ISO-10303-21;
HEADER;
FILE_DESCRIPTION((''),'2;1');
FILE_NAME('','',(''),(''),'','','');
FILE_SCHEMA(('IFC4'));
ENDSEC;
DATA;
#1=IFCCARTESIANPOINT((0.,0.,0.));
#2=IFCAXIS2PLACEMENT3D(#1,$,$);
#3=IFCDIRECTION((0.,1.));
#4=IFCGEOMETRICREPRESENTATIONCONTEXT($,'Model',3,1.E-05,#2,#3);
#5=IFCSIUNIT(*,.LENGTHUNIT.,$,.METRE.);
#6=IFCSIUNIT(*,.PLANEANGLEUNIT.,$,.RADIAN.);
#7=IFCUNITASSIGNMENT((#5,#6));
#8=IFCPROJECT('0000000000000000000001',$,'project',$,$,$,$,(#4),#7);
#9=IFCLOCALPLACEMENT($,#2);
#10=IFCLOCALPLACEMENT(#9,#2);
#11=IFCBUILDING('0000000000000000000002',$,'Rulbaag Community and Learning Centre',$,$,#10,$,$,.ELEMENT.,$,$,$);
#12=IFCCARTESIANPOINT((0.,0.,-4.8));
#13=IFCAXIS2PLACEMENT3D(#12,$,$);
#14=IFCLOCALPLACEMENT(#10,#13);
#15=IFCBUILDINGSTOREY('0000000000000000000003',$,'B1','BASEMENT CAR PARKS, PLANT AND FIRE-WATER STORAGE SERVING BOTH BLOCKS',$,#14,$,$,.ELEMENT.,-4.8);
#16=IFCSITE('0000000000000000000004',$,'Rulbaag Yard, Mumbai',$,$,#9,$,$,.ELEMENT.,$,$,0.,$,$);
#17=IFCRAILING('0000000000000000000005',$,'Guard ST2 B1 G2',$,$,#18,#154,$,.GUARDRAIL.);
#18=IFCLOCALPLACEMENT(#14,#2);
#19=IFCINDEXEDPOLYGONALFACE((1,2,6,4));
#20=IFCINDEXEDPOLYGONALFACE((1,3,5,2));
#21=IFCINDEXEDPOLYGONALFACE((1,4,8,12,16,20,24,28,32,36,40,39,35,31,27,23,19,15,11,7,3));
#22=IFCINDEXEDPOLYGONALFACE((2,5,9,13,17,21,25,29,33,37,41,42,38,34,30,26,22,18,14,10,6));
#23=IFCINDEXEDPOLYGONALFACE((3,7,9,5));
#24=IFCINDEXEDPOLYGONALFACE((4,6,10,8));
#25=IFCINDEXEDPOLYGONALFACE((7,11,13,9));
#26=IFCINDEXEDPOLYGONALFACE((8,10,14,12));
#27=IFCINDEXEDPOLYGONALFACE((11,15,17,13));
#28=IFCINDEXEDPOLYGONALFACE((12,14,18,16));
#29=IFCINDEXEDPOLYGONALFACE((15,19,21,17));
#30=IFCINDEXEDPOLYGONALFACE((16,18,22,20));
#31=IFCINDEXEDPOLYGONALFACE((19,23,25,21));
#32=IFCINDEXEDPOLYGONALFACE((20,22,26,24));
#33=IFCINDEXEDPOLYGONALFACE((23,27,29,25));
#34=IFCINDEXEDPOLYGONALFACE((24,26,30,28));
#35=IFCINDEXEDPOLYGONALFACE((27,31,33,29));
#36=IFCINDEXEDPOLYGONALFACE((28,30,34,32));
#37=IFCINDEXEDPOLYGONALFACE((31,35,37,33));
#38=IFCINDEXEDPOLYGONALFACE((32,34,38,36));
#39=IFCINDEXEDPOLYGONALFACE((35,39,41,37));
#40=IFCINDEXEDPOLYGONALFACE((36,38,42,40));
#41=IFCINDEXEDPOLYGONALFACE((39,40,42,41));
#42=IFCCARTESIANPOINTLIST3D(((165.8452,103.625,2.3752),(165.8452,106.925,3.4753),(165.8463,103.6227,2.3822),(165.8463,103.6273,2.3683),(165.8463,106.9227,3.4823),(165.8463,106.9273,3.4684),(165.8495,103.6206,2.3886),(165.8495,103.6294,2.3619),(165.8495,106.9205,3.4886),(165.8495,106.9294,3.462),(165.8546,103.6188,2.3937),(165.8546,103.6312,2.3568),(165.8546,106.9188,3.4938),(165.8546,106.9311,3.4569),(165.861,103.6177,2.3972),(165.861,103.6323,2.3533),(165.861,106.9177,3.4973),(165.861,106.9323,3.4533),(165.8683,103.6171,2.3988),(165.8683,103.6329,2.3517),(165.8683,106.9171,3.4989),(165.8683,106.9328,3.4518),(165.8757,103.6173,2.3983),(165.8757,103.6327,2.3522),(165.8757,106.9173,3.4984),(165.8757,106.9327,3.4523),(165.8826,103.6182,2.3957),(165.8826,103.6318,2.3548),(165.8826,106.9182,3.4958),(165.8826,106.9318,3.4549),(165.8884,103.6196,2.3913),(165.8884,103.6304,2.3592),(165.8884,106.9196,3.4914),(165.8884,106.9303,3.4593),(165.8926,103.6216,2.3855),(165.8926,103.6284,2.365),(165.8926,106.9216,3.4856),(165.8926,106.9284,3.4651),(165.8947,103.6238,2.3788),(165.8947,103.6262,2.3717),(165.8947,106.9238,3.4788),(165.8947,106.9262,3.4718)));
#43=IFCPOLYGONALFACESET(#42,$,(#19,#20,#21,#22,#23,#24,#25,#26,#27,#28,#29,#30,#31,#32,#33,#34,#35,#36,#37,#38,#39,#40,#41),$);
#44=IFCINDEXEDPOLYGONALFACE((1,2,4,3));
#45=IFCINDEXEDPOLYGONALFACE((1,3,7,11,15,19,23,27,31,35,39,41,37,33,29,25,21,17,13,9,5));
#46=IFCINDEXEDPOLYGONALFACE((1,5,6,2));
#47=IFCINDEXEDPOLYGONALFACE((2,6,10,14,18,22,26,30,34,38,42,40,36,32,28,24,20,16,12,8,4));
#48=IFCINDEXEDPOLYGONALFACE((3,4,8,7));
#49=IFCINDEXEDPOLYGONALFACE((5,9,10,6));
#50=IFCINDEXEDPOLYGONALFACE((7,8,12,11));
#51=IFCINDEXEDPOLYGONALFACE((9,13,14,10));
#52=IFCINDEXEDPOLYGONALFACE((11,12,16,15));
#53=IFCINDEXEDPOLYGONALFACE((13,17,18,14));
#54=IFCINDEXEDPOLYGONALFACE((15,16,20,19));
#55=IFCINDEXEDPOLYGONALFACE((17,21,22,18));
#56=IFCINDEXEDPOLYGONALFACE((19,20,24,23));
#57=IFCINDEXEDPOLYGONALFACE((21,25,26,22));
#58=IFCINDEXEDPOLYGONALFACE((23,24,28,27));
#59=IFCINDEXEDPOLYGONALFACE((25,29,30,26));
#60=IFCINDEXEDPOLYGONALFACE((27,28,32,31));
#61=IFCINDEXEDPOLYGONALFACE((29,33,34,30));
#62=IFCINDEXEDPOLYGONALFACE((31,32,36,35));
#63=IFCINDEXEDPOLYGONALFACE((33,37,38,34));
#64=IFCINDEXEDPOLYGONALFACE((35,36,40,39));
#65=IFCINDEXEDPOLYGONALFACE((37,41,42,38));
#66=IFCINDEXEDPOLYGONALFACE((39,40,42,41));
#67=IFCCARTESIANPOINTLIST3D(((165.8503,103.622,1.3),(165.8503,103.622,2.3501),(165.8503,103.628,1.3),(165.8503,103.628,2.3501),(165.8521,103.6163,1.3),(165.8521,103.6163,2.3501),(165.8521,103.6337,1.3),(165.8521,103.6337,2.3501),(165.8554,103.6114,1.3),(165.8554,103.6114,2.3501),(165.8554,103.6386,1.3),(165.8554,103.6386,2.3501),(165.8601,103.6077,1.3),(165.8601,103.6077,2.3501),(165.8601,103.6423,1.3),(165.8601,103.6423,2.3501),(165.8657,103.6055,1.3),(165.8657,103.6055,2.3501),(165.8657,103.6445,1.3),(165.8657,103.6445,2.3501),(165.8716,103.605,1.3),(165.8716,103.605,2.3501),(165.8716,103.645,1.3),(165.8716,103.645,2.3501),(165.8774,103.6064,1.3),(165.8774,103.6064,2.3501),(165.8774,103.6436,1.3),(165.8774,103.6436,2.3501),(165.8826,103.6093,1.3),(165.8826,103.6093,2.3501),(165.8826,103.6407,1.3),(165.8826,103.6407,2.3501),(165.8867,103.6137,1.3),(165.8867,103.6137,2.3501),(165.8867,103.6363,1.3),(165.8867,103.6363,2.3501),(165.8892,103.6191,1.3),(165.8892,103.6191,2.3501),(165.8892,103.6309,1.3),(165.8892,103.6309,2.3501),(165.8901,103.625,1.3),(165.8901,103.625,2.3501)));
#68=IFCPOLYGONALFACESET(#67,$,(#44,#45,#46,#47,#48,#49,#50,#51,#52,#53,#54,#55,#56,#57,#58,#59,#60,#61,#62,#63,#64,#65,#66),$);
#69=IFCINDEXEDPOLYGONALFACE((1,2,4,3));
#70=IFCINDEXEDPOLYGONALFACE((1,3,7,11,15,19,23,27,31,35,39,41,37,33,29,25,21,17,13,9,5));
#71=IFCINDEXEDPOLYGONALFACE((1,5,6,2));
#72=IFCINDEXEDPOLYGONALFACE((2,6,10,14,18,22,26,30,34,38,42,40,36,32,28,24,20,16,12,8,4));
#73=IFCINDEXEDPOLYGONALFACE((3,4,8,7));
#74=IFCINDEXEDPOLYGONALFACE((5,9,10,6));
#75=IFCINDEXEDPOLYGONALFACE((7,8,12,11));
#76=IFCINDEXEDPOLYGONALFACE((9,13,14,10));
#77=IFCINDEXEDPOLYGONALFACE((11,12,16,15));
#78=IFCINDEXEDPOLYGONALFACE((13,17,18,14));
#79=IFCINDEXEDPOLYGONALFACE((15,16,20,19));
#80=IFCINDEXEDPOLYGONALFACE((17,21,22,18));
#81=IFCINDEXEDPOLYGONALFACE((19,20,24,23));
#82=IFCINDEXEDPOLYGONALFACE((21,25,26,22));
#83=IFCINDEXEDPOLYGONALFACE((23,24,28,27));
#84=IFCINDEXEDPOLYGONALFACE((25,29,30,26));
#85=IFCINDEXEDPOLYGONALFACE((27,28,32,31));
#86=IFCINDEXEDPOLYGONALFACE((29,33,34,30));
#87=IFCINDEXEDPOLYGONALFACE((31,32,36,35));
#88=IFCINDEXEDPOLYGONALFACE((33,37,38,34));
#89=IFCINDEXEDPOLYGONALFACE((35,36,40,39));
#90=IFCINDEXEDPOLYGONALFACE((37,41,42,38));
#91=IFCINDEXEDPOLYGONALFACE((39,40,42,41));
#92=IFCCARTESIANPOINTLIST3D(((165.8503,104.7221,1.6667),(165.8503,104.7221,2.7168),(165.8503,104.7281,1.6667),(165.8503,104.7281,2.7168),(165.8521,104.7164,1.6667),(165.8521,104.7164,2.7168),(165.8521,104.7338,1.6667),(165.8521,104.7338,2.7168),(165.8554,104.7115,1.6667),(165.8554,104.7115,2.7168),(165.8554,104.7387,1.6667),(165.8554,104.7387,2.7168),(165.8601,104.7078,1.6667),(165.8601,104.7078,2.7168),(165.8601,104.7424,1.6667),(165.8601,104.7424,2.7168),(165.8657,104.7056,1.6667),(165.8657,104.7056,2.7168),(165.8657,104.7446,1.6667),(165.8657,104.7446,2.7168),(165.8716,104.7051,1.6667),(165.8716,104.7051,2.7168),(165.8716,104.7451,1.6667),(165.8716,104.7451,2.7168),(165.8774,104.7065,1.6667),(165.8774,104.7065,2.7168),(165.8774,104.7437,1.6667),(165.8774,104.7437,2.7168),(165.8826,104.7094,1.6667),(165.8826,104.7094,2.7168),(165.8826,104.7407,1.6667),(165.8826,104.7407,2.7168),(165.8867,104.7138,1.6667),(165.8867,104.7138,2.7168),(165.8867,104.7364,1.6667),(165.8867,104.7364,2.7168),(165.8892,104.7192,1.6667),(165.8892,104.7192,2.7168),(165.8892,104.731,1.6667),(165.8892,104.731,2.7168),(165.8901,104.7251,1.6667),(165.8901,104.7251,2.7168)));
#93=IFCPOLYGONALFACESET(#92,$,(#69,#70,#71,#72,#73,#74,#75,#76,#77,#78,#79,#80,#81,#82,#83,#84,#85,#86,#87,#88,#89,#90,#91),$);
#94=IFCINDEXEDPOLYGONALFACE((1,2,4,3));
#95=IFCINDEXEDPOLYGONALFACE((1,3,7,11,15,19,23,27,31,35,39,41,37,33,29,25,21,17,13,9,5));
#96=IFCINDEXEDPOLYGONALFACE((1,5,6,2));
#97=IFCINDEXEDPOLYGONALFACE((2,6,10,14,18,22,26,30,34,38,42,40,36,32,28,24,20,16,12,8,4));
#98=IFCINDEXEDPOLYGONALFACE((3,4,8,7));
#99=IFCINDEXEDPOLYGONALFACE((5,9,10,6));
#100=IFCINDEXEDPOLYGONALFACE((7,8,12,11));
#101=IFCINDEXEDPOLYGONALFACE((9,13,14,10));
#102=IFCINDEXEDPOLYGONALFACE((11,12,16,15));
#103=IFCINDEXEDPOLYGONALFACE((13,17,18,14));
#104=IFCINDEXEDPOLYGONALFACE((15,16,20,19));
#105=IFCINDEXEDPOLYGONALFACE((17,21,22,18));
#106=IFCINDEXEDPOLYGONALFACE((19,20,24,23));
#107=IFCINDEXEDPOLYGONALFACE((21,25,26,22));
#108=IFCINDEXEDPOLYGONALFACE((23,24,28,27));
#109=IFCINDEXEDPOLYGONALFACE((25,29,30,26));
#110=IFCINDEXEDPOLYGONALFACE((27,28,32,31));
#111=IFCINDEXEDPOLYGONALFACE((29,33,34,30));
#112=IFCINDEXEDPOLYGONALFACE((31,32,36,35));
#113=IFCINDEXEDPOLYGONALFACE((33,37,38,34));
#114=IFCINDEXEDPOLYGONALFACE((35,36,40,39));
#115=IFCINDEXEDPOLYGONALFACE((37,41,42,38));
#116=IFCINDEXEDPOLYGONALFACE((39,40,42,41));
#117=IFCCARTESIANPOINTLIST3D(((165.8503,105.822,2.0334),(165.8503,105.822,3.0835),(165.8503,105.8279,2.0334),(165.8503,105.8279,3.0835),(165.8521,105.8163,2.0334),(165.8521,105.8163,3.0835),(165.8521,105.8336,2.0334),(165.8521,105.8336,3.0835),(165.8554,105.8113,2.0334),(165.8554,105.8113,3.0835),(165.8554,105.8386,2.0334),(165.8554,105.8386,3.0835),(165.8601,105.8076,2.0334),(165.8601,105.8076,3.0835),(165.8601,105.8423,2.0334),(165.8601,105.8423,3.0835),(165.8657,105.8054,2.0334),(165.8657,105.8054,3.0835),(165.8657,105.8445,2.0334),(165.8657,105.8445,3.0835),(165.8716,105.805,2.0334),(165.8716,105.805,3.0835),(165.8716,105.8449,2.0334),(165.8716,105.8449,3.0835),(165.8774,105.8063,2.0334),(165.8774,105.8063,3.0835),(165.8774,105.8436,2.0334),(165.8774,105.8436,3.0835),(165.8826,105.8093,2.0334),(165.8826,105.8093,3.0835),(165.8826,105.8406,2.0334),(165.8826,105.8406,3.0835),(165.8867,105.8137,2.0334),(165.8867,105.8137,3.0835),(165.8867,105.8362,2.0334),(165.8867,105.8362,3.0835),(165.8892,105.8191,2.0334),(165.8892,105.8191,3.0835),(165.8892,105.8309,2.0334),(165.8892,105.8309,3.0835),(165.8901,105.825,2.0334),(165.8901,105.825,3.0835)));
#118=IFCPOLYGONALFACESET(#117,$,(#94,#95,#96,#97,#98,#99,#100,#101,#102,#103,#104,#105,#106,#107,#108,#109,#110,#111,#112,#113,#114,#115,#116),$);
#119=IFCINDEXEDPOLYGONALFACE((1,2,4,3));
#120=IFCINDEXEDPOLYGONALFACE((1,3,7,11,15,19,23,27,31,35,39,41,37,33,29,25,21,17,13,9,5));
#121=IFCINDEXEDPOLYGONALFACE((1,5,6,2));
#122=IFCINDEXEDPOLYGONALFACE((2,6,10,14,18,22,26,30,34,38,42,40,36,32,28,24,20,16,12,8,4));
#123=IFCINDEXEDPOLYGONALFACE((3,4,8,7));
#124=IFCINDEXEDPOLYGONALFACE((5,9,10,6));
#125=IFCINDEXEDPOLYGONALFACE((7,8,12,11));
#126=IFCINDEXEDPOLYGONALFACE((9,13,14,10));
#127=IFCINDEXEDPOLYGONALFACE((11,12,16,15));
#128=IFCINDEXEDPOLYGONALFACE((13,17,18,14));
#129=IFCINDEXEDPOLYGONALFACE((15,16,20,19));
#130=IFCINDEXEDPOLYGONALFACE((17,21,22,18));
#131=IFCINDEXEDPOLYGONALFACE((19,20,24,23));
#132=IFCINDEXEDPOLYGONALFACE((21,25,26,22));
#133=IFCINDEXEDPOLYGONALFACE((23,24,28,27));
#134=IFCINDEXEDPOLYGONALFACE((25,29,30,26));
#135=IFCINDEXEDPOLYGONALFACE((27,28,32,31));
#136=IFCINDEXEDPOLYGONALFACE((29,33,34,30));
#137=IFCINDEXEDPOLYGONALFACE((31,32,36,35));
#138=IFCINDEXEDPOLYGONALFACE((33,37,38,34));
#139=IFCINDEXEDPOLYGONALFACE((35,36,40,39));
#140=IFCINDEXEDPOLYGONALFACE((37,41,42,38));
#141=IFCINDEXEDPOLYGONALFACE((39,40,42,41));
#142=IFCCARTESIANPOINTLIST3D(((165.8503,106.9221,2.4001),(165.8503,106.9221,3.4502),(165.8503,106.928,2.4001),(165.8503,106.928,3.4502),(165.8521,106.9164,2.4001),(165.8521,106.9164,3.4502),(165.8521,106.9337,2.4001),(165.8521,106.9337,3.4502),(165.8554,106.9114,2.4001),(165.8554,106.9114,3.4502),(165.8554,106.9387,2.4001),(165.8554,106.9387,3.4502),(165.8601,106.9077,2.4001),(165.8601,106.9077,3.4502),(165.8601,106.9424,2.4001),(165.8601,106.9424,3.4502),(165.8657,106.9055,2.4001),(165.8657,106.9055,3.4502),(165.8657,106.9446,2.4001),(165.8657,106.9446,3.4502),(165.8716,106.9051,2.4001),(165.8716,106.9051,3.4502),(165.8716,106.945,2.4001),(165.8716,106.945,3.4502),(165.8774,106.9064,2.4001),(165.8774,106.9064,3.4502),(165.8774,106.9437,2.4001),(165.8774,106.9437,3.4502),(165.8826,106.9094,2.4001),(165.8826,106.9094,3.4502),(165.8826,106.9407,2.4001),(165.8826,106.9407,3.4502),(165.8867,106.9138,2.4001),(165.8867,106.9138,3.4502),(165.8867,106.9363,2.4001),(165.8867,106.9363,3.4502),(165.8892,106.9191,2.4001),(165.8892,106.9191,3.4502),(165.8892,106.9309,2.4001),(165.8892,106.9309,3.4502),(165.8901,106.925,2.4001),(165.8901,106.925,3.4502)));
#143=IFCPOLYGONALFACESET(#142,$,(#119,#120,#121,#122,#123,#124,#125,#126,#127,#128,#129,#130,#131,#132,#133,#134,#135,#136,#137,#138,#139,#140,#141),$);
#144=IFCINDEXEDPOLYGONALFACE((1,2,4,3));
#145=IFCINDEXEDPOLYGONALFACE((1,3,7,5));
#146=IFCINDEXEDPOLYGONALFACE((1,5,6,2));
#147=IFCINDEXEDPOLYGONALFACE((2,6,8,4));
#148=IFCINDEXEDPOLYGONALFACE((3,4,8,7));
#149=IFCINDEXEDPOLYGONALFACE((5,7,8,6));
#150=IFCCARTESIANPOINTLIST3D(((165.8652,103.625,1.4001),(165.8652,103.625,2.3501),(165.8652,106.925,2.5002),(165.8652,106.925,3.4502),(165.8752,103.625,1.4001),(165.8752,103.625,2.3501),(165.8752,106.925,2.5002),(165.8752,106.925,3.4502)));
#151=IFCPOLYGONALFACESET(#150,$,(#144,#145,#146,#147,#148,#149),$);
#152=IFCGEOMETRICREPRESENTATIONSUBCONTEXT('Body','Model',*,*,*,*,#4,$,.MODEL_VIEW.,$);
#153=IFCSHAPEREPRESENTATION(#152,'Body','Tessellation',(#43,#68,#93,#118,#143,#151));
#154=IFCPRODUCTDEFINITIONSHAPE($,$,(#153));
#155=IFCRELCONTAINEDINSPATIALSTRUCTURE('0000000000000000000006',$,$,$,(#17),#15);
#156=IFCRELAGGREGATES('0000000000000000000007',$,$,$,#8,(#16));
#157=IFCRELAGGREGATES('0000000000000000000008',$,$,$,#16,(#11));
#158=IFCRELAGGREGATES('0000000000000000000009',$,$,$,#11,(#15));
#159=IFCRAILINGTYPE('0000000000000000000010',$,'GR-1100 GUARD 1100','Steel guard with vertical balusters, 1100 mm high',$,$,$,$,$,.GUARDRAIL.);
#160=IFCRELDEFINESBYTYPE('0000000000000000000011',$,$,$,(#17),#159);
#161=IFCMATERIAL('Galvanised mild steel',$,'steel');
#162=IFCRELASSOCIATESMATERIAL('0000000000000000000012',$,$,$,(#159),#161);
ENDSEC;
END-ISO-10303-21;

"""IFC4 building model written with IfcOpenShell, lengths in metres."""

from ifc_helpers import new_model, si_unit, direction, frame, origin, origin_2d, place, context, subcontext, project, spatial, polyline, circle, outline, extrude, material, type_object, element, save


model = new_model("IFC4")

# Units and contexts
model_context = context("Model", 3, precision=1e-05, world=origin(), true_north=direction((0.0, 1.0)))
body_context = subcontext(model_context, "Body", "Model", "MODEL_VIEW")
ifc_project = project(units=[si_unit("LENGTHUNIT", "METRE"), si_unit("PLANEANGLEUNIT", "RADIAN")], contexts=[model_context])

# Site, building, storey
site_placement = place(None, origin())
site = spatial("IfcSite", under=ifc_project, at=site_placement, Name="Rulbaag Yard, Mumbai", CompositionType="ELEMENT", RefElevation=0.0)
building_placement = place(site_placement, origin())
building = spatial("IfcBuilding", under=site, at=building_placement, Name="Rulbaag Community and Learning Centre", CompositionType="ELEMENT")
storey_placement = place(building_placement, frame((0.0, 0.0, -4.8)))
storey = spatial("IfcBuildingStorey", under=building, at=storey_placement, Name="B1", Description="BASEMENT CAR PARKS, PLANT AND FIRE-WATER STORAGE SERVING BOTH BLOCKS", CompositionType="ELEMENT", Elevation=-4.8)

# Railing
ifc_material_1 = material(Name="Galvanised mild steel", Category="steel")
railing_type_1 = type_object("IfcRailingType", Name="GR-1100 GUARD 1100", Description="Steel guard with vertical balusters, 1100 mm high", PredefinedType="GUARDRAIL", material=ifc_material_1)
railing_1_placement = place(storey_placement, frame((165.8701, 103.625, 1.3)))
element("IfcRailing", 1, at=railing_1_placement, inside=storey, type_object=railing_type_1, Name="Guard ST2 B1 G2", PredefinedType="GUARDRAIL", context=body_context, shape_type="SweptSolid", body=[
    extrude(circle(Radius=0.0249, at=origin_2d()), frame((0.0, 0.0, 1.0752), z_axis=(0.0, 0.948676, 0.316249), x_axis=(-1.0, 0.0, 0.0)), (0.0, 0.0, 1.0), 3.4785),
    extrude(circle(Radius=0.02, at=origin_2d()), origin(), (0.0, 0.0, 1.0), 1.05),
    extrude(circle(Radius=0.02, at=origin_2d()), frame((0.0, 1.1001, 0.3667)), (0.0, 0.0, 1.0), 1.05),
    extrude(circle(Radius=0.02, at=origin_2d()), frame((0.0, 2.2, 0.7334)), (0.0, 0.0, 1.0), 1.05),
    extrude(circle(Radius=0.02, at=origin_2d()), frame((0.0, 3.3, 1.1001)), (0.0, 0.0, 1.0), 1.05),
    extrude(outline(polyline([(0.0, 0.0), (3.3, 1.1001), (3.3, 2.05), (0.0, 0.95), (0.0, 0.0)])), frame((-0.0049, 0.0, 0.1001), z_axis=(1.0, 0.0, 0.0), x_axis=(0.0, 1.0, 0.0)), (0.0, 0.0, 1.0), 0.01),
])

save(model, "model.ifc")
